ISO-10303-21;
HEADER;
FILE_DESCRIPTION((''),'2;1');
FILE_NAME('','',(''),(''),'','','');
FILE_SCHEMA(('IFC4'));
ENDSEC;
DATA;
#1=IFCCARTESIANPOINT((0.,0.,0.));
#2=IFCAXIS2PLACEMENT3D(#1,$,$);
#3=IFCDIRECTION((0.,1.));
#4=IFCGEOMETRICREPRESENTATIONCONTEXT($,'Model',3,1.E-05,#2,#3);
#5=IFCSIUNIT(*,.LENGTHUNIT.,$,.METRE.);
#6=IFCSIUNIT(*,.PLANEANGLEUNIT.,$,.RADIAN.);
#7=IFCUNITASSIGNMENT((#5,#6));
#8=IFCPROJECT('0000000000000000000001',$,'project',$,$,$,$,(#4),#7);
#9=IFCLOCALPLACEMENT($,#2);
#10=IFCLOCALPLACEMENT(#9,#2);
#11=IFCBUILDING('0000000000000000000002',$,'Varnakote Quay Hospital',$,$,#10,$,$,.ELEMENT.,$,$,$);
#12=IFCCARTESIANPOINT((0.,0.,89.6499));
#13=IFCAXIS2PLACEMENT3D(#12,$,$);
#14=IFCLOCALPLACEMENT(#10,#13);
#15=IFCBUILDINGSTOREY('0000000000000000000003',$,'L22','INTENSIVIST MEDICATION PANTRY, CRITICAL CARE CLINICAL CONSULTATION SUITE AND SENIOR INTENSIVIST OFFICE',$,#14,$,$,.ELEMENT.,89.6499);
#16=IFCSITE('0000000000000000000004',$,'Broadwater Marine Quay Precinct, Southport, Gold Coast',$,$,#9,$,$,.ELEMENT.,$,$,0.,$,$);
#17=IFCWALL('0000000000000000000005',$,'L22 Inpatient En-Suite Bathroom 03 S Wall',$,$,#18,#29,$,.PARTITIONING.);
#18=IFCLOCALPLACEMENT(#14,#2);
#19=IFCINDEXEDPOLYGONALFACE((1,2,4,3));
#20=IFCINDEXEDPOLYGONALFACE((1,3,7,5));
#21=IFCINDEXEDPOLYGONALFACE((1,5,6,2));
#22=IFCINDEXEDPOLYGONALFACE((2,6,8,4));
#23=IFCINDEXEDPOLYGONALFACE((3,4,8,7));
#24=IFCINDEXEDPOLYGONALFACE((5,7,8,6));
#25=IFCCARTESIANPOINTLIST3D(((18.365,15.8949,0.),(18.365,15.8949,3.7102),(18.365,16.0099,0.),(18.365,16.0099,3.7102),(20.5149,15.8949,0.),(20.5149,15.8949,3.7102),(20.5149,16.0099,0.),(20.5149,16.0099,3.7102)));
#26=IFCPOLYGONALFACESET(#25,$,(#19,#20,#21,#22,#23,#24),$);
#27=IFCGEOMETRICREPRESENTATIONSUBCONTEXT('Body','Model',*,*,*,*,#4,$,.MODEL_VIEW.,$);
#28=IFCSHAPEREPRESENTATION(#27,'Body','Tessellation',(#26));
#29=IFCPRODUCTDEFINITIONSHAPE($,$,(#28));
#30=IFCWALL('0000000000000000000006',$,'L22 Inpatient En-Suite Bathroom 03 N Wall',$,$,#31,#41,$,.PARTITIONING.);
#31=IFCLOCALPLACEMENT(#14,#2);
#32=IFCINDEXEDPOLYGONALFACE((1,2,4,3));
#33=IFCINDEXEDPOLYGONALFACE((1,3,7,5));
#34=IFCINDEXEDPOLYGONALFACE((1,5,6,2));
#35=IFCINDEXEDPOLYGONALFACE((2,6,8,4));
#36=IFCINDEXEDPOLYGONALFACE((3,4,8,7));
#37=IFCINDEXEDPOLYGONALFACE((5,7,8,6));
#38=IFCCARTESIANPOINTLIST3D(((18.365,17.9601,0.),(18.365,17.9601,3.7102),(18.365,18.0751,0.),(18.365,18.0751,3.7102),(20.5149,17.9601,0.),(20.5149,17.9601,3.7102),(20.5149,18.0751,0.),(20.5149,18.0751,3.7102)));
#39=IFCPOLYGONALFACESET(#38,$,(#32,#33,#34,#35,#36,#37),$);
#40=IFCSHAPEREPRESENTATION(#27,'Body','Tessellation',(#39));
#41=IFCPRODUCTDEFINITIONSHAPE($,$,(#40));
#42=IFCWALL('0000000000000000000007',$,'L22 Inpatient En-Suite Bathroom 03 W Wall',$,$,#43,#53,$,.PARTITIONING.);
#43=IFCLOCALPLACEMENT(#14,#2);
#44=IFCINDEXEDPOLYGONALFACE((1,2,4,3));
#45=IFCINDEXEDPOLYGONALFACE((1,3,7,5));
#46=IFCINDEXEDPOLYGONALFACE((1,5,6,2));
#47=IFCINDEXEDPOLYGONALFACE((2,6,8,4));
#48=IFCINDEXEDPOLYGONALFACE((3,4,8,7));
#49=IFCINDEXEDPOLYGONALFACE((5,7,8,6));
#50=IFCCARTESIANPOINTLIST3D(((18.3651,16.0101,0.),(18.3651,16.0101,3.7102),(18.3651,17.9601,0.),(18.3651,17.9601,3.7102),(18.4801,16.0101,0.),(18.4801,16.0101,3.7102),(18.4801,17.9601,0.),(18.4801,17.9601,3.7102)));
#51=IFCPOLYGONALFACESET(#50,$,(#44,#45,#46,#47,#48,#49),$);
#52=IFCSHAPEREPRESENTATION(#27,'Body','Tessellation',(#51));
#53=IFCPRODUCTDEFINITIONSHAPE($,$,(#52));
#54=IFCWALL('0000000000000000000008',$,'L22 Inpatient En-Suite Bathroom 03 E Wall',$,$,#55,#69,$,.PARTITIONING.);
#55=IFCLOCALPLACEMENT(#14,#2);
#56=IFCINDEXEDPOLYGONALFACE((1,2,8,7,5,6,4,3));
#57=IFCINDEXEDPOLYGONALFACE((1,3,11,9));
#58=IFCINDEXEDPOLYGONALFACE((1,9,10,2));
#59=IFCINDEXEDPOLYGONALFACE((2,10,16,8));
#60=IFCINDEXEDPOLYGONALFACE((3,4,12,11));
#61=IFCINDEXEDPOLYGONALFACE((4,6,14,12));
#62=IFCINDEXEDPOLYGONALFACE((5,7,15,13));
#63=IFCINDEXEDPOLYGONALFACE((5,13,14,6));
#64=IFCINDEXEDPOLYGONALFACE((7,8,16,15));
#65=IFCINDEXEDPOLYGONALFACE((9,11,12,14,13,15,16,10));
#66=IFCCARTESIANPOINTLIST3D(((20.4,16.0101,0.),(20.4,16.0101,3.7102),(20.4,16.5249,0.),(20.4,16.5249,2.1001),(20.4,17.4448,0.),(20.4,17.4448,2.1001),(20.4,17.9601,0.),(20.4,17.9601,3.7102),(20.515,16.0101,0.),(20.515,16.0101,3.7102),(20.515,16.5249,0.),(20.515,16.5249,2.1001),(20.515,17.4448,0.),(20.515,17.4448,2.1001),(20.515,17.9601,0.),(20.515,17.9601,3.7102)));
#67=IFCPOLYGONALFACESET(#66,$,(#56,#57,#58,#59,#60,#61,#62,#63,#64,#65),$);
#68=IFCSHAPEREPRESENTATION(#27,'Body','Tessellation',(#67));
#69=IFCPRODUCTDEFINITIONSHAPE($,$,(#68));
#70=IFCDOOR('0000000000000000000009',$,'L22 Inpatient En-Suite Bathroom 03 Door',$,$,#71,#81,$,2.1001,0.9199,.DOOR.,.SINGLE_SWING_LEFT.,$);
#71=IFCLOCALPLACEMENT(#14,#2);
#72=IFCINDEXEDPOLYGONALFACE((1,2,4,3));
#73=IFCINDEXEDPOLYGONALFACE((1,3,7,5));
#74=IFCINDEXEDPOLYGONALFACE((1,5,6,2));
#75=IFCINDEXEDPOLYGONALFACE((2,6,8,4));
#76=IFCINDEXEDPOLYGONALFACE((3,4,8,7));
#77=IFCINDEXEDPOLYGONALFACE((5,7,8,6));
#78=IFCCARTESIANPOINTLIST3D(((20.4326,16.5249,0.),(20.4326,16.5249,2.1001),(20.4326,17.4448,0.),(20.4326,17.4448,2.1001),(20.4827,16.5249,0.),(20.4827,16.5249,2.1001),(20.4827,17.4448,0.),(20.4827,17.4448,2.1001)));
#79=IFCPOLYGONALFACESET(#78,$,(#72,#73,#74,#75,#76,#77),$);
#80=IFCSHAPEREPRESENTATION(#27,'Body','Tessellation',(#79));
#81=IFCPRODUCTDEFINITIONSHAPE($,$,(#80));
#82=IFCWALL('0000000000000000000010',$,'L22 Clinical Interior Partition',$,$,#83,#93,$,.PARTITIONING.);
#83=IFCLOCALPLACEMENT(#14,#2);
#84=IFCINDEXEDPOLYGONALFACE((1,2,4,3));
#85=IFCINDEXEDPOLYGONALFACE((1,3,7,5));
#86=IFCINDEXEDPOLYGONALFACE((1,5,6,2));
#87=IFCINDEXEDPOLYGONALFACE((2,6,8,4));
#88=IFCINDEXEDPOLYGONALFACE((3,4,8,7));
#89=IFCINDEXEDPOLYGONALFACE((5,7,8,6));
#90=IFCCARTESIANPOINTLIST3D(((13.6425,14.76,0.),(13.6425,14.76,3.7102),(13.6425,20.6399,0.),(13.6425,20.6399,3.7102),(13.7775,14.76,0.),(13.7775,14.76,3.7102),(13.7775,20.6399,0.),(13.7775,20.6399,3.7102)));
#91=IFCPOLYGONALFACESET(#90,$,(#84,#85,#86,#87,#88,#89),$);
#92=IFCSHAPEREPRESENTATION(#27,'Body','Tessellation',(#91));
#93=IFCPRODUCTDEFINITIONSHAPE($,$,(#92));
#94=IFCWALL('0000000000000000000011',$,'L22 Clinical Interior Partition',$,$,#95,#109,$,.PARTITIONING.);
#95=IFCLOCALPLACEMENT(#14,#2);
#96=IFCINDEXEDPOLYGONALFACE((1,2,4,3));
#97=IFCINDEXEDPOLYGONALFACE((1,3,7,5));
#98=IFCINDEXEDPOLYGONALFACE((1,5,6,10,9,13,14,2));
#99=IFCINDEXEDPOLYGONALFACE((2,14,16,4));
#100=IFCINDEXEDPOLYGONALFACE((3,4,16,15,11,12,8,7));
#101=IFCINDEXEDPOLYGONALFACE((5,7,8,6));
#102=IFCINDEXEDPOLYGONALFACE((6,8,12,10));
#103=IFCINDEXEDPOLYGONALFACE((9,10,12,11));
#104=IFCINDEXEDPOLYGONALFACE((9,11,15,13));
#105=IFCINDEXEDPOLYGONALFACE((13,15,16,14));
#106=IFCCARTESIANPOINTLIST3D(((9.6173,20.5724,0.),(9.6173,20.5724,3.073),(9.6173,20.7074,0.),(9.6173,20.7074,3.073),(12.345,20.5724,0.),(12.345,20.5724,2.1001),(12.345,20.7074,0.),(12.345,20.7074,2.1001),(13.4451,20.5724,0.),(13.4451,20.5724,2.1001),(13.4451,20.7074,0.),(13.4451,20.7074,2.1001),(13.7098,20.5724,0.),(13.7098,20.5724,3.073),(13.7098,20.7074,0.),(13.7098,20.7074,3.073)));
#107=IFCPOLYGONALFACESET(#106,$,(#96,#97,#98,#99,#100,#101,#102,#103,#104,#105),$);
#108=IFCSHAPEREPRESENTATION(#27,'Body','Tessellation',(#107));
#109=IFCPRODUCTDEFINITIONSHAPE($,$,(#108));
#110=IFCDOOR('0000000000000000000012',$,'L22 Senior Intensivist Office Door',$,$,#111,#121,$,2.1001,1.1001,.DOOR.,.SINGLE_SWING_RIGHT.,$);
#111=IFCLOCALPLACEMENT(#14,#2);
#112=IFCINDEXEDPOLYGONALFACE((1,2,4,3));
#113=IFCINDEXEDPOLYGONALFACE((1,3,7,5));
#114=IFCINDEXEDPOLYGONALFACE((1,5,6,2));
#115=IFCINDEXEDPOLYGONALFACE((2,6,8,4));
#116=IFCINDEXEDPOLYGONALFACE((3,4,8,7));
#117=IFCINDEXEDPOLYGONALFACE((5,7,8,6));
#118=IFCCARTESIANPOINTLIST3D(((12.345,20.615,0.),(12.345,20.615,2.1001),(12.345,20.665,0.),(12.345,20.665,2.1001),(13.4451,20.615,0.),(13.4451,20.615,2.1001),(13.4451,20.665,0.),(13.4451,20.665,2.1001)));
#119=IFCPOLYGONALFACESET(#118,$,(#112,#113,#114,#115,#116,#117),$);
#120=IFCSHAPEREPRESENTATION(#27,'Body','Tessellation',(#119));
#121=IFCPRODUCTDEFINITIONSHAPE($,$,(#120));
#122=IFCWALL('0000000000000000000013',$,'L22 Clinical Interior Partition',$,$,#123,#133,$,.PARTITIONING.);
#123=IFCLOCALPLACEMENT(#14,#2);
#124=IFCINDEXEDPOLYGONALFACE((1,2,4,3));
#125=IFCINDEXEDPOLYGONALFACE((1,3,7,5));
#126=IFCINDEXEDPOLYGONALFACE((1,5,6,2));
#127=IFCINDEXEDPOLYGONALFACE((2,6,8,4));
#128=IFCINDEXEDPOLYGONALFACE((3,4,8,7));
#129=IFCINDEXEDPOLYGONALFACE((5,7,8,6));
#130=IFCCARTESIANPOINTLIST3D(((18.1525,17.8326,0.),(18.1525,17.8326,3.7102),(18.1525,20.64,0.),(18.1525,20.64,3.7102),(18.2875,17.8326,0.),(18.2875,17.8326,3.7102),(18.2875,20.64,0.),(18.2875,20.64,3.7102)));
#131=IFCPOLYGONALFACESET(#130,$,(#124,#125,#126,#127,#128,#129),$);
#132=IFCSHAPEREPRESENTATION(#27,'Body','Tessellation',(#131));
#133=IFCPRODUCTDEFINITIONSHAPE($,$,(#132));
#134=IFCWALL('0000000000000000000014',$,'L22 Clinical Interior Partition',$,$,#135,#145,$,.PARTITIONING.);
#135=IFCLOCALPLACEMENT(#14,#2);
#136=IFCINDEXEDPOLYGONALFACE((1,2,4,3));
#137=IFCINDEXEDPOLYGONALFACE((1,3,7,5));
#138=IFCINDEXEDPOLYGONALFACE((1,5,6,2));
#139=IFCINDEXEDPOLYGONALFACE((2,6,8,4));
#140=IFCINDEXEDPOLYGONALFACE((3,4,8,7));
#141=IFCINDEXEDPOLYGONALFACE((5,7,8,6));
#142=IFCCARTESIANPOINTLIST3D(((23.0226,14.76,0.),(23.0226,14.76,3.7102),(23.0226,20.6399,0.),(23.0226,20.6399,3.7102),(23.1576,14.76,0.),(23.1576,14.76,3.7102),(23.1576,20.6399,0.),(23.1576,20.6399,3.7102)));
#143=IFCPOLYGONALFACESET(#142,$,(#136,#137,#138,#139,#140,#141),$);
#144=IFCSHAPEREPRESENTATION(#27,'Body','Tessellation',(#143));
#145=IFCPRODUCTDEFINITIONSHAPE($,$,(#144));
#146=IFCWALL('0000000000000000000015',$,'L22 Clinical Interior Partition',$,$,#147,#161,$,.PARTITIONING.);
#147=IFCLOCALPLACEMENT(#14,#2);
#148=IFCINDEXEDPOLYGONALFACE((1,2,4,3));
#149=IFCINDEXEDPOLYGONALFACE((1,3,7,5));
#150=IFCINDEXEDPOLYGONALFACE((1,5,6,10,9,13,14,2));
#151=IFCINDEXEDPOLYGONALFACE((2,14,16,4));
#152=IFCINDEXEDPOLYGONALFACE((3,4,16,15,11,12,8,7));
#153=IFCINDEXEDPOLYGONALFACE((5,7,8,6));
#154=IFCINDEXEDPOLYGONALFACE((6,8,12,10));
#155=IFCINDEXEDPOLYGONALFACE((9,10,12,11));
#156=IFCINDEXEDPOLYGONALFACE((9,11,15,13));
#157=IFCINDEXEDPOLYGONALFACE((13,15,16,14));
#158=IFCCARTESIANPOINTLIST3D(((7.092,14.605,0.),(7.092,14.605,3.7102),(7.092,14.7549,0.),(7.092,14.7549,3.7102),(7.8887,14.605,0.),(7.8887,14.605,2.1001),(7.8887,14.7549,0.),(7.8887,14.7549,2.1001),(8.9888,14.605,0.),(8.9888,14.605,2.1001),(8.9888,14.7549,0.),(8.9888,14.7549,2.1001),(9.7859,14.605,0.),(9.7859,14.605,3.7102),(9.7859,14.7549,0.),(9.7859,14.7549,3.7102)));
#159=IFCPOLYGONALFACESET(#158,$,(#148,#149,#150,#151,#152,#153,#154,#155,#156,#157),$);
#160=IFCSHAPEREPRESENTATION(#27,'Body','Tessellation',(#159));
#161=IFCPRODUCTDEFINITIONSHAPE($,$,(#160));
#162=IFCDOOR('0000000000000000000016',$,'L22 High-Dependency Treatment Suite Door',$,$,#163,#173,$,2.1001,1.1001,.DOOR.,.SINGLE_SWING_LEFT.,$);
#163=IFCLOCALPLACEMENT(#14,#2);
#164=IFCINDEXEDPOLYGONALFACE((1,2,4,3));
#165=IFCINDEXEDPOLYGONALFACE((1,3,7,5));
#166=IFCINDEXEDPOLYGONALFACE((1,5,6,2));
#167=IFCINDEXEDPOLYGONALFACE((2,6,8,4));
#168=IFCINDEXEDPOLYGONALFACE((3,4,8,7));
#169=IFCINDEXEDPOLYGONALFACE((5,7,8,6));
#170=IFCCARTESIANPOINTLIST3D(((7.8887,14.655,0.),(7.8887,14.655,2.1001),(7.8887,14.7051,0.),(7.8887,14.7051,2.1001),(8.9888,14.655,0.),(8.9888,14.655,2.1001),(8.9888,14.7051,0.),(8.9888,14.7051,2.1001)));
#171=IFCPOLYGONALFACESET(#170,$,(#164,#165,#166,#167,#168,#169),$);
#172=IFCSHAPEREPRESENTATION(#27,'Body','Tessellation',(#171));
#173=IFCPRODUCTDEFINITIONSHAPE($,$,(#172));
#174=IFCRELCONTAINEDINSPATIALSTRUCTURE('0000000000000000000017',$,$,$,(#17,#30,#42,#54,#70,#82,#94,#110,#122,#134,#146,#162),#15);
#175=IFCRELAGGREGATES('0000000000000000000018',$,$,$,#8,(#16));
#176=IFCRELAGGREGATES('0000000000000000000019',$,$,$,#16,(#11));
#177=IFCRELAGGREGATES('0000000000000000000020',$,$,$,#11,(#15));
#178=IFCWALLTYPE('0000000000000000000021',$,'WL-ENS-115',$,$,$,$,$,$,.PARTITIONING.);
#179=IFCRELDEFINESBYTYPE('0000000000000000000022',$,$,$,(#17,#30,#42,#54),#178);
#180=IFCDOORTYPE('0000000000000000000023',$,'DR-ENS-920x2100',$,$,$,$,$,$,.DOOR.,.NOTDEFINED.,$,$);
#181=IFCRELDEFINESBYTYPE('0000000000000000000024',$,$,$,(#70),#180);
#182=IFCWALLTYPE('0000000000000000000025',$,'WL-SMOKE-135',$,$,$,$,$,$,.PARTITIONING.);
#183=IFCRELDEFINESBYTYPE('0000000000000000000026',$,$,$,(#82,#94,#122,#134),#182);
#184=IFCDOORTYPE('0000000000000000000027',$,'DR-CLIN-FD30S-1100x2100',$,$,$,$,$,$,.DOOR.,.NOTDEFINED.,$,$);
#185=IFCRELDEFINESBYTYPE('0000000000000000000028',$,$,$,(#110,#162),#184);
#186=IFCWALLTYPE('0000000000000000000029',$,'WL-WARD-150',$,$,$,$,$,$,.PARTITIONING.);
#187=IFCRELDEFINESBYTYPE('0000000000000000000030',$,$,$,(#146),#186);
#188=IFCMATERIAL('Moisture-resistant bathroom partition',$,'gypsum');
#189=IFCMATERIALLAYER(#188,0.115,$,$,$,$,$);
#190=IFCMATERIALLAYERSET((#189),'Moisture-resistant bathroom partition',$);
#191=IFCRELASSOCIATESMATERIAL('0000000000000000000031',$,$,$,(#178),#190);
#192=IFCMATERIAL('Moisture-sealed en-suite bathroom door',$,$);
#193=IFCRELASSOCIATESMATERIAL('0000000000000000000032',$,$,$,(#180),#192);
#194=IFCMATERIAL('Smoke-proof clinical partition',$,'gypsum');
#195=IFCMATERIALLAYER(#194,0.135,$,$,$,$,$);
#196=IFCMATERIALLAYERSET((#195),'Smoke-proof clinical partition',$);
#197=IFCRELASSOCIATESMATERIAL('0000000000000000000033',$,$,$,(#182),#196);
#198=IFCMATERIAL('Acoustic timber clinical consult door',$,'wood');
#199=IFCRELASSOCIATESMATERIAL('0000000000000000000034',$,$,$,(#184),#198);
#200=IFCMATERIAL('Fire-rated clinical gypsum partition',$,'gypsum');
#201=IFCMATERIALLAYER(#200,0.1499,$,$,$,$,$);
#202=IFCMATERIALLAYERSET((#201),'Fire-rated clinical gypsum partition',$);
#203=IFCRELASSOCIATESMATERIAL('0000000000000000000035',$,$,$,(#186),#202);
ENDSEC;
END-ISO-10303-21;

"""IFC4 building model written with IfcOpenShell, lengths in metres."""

from ifc_helpers import new_model, si_unit, direction, frame, frame_2d, origin, place, context, subcontext, project, spatial, rectangle, extrude, material, layer, layer_set, type_object, element, fill, save


model = new_model("IFC4")

# Units and contexts
model_context = context("Model", 3, precision=1e-05, world=origin(), true_north=direction((0.0, 1.0)))
body_context = subcontext(model_context, "Body", "Model", "MODEL_VIEW")
ifc_project = project(units=[si_unit("LENGTHUNIT", "METRE"), si_unit("PLANEANGLEUNIT", "RADIAN")], contexts=[model_context])

# Site, building, storey
site_placement = place(None, origin())
site = spatial("IfcSite", under=ifc_project, at=site_placement, Name="Broadwater Marine Quay Precinct, Southport, Gold Coast", CompositionType="ELEMENT", RefElevation=0.0)
building_placement = place(site_placement, origin())
building = spatial("IfcBuilding", under=site, at=building_placement, Name="Varnakote Quay Hospital", CompositionType="ELEMENT")
storey_placement = place(building_placement, frame((0.0, 0.0, 89.6499)))
storey = spatial("IfcBuildingStorey", under=building, at=storey_placement, Name="L22", Description="INTENSIVIST MEDICATION PANTRY, CRITICAL CARE CLINICAL CONSULTATION SUITE AND SENIOR INTENSIVIST OFFICE", CompositionType="ELEMENT", Elevation=89.6499)

# Shared definitions
ifc_material_1 = material(Name="Moisture-resistant bathroom partition", Category="gypsum")
ifc_layer_1 = layer(ifc_material_1, 0.115)
ifc_layer_set_1 = layer_set([ifc_layer_1], Name="Moisture-resistant bathroom partition")
wall_type_1 = type_object("IfcWallType", Name="WL-ENS-115", PredefinedType="PARTITIONING", material=ifc_layer_set_1)

# Shared definitions
ifc_material_2 = material(Name="Moisture-sealed en-suite bathroom door")
door_type_1 = type_object("IfcDoorType", Name="DR-ENS-920x2100", OperationType="NOTDEFINED", PredefinedType="DOOR", material=ifc_material_2)

# Walls
for number, where, z_axis, x_axis, name in (
    (1, (18.365, 15.9524, 0.0), (0.0, 0.0, 1.0), (1.0, 0.0, 0.0), "L22 Inpatient En-Suite Bathroom 03 S Wall"),
    (2, (18.365, 18.0176, 0.0), (0.0, 0.0, 1.0), (1.0, 0.0, 0.0), "L22 Inpatient En-Suite Bathroom 03 N Wall"),
):
    element("IfcWall", number, at=place(storey_placement, frame(where, z_axis=z_axis, x_axis=x_axis)), inside=storey, type_object=wall_type_1, Name=name, PredefinedType="PARTITIONING", context=body_context, shape_type="SweptSolid", body=[
        extrude(rectangle(XDim=2.1499, YDim=0.115, at=frame_2d((1.075, 0.0))), origin(), (0.0, 0.0, 1.0), 3.7102),
    ])
wall_1_placement = place(storey_placement, frame((18.4226, 16.01, 0.0), z_axis=(0.0, 0.0, 1.0), x_axis=(0.0, 1.0, 0.0)))
element("IfcWall", 3, at=wall_1_placement, inside=storey, type_object=wall_type_1, Name="L22 Inpatient En-Suite Bathroom 03 W Wall", PredefinedType="PARTITIONING", context=body_context, shape_type="SweptSolid", body=[
    extrude(rectangle(XDim=1.95, YDim=0.115, at=frame_2d((0.9751, 0.0))), origin(), (0.0, 0.0, 1.0), 3.7102),
])

# Wall, opening, door
wall_2_placement = place(storey_placement, frame((20.4575, 16.01, 0.0), z_axis=(0.0, 0.0, 1.0), x_axis=(0.0, 1.0, 0.0)))
wall_2 = element("IfcWall", 4, at=wall_2_placement, inside=storey, type_object=wall_type_1, Name="L22 Inpatient En-Suite Bathroom 03 E Wall", PredefinedType="PARTITIONING", context=body_context, shape_type="SweptSolid", body=[
    extrude(rectangle(XDim=1.95, YDim=0.115, at=frame_2d((0.9751, 0.0))), origin(), (0.0, 0.0, 1.0), 3.7102),
])
opening_1_placement = place(wall_2_placement, frame((0.5149, 0.0, 0.0)))
opening_1 = element("IfcOpeningElement", 5, at=opening_1_placement, cuts=wall_2, PredefinedType="OPENING", context=body_context, shape_type="SweptSolid", body=[
    extrude(rectangle(XDim=0.9199, YDim=2.1001, at=frame_2d((0.46, 1.05))), frame((0.0, 0.0674, 0.0), z_axis=(0.0, -1.0, 0.0), x_axis=(1.0, 0.0, 0.0)), (0.0, 0.0, 1.0), 0.135),
])
door_1_placement = place(opening_1_placement, origin())
door_1 = element("IfcDoor", 6, at=door_1_placement, inside=storey, type_object=door_type_1, Name="L22 Inpatient En-Suite Bathroom 03 Door", OperationType="SINGLE_SWING_LEFT", OverallHeight=2.1001, OverallWidth=0.9199, PredefinedType="DOOR", context=body_context, shape_type="SweptSolid", body=[
    extrude(rectangle(XDim=0.9199, YDim=2.1001, at=frame_2d((0.46, 1.05))), frame((0.0, 0.0249, 0.0), z_axis=(0.0, -1.0, 0.0), x_axis=(1.0, 0.0, 0.0)), (0.0, 0.0, 1.0), 0.05),
])
fill(opening_1, door_1)

# Wall
ifc_material_3 = material(Name="Smoke-proof clinical partition", Category="gypsum")
ifc_layer_2 = layer(ifc_material_3, 0.135)
ifc_layer_set_2 = layer_set([ifc_layer_2], Name="Smoke-proof clinical partition")
wall_type_2 = type_object("IfcWallType", Name="WL-SMOKE-135", PredefinedType="PARTITIONING", material=ifc_layer_set_2)
wall_3_placement = place(storey_placement, frame((13.71, 14.76, 0.0), z_axis=(0.0, 0.0, 1.0), x_axis=(0.0, 1.0, 0.0)))
element("IfcWall", 7, at=wall_3_placement, inside=storey, type_object=wall_type_2, Name="L22 Clinical Interior Partition", PredefinedType="PARTITIONING", context=body_context, shape_type="SweptSolid", body=[
    extrude(rectangle(XDim=5.8799, YDim=0.135, at=frame_2d((2.9399, 0.0))), origin(), (0.0, 0.0, 1.0), 3.7102),
])

# Wall, opening, door
wall_4_placement = place(storey_placement, frame((13.71, 20.6399, 0.0), z_axis=(0.0, 0.0, 1.0), x_axis=(-1.0, 0.0, 0.0)))
wall_4 = element("IfcWall", 8, at=wall_4_placement, inside=storey, type_object=wall_type_2, Name="L22 Clinical Interior Partition", PredefinedType="PARTITIONING", context=body_context, shape_type="SweptSolid", body=[
    extrude(rectangle(XDim=4.0925, YDim=0.135, at=frame_2d((2.0464, 0.0))), origin(), (0.0, 0.0, 1.0), 3.073),
])
opening_2_placement = place(wall_4_placement, frame((0.2649, 0.0, 0.0)))
opening_2 = element("IfcOpeningElement", 9, at=opening_2_placement, cuts=wall_4, PredefinedType="OPENING", context=body_context, shape_type="SweptSolid", body=[
    extrude(rectangle(XDim=1.1001, YDim=2.1001, at=frame_2d((0.55, 1.05))), frame((0.0, 0.0774, 0.0), z_axis=(0.0, -1.0, 0.0), x_axis=(1.0, 0.0, 0.0)), (0.0, 0.0, 1.0), 0.155),
])
ifc_material_4 = material(Name="Acoustic timber clinical consult door", Category="wood")
door_type_2 = type_object("IfcDoorType", Name="DR-CLIN-FD30S-1100x2100", OperationType="NOTDEFINED", PredefinedType="DOOR", material=ifc_material_4)
door_2_placement = place(opening_2_placement, origin())
door_2 = element("IfcDoor", 10, at=door_2_placement, inside=storey, type_object=door_type_2, Name="L22 Senior Intensivist Office Door", OperationType="SINGLE_SWING_RIGHT", OverallHeight=2.1001, OverallWidth=1.1001, PredefinedType="DOOR", context=body_context, shape_type="SweptSolid", body=[
    extrude(rectangle(XDim=1.1001, YDim=2.1001, at=frame_2d((0.55, 1.05))), frame((0.0, 0.0249, 0.0), z_axis=(0.0, -1.0, 0.0), x_axis=(1.0, 0.0, 0.0)), (0.0, 0.0, 1.0), 0.05),
])
fill(opening_2, door_2)

# Walls
wall_5_placement = place(storey_placement, frame((18.22, 17.8325, 0.0), z_axis=(0.0, 0.0, 1.0), x_axis=(0.0, 1.0, 0.0)))
element("IfcWall", 11, at=wall_5_placement, inside=storey, type_object=wall_type_2, Name="L22 Clinical Interior Partition", PredefinedType="PARTITIONING", context=body_context, shape_type="SweptSolid", body=[
    extrude(rectangle(XDim=2.8074, YDim=0.135, at=frame_2d((1.4038, 0.0))), origin(), (0.0, 0.0, 1.0), 3.7102),
])
wall_6_placement = place(storey_placement, frame((23.0901, 14.76, 0.0), z_axis=(0.0, 0.0, 1.0), x_axis=(0.0, 1.0, 0.0)))
element("IfcWall", 12, at=wall_6_placement, inside=storey, type_object=wall_type_2, Name="L22 Clinical Interior Partition", PredefinedType="PARTITIONING", context=body_context, shape_type="SweptSolid", body=[
    extrude(rectangle(XDim=5.8799, YDim=0.135, at=frame_2d((2.9399, 0.0))), origin(), (0.0, 0.0, 1.0), 3.7102),
])

# Wall, opening, door
ifc_material_5 = material(Name="Fire-rated clinical gypsum partition", Category="gypsum")
ifc_layer_3 = layer(ifc_material_5, 0.1499)
ifc_layer_set_3 = layer_set([ifc_layer_3], Name="Fire-rated clinical gypsum partition")
wall_type_3 = type_object("IfcWallType", Name="WL-WARD-150", PredefinedType="PARTITIONING", material=ifc_layer_set_3)
wall_7_placement = place(storey_placement, frame((9.7859, 14.6799, 0.0), z_axis=(0.0, 0.0, 1.0), x_axis=(-1.0, 0.0, 0.0)))
wall_7 = element("IfcWall", 13, at=wall_7_placement, inside=storey, type_object=wall_type_3, Name="L22 Clinical Interior Partition", PredefinedType="PARTITIONING", context=body_context, shape_type="SweptSolid", body=[
    extrude(rectangle(XDim=2.6938, YDim=0.1499, at=frame_2d((1.3469, 0.0))), origin(), (0.0, 0.0, 1.0), 3.7102),
])
opening_3_placement = place(wall_7_placement, frame((0.7971, 0.0, 0.0)))
opening_3 = element("IfcOpeningElement", 14, at=opening_3_placement, cuts=wall_7, PredefinedType="OPENING", context=body_context, shape_type="SweptSolid", body=[
    extrude(rectangle(XDim=1.1001, YDim=2.1001, at=frame_2d((0.55, 1.05))), frame((0.0, 0.085, 0.0), z_axis=(0.0, -1.0, 0.0), x_axis=(1.0, 0.0, 0.0)), (0.0, 0.0, 1.0), 0.1699),
])
door_3_placement = place(opening_3_placement, origin())
door_3 = element("IfcDoor", 15, at=door_3_placement, inside=storey, type_object=door_type_2, Name="L22 High-Dependency Treatment Suite Door", OperationType="SINGLE_SWING_LEFT", OverallHeight=2.1001, OverallWidth=1.1001, PredefinedType="DOOR", context=body_context, shape_type="SweptSolid", body=[
    extrude(rectangle(XDim=1.1001, YDim=2.1001, at=frame_2d((0.55, 1.05))), frame((0.0, 0.0249, 0.0), z_axis=(0.0, -1.0, 0.0), x_axis=(1.0, 0.0, 0.0)), (0.0, 0.0, 1.0), 0.05),
])
fill(opening_3, door_3)

save(model, "model.ifc")
